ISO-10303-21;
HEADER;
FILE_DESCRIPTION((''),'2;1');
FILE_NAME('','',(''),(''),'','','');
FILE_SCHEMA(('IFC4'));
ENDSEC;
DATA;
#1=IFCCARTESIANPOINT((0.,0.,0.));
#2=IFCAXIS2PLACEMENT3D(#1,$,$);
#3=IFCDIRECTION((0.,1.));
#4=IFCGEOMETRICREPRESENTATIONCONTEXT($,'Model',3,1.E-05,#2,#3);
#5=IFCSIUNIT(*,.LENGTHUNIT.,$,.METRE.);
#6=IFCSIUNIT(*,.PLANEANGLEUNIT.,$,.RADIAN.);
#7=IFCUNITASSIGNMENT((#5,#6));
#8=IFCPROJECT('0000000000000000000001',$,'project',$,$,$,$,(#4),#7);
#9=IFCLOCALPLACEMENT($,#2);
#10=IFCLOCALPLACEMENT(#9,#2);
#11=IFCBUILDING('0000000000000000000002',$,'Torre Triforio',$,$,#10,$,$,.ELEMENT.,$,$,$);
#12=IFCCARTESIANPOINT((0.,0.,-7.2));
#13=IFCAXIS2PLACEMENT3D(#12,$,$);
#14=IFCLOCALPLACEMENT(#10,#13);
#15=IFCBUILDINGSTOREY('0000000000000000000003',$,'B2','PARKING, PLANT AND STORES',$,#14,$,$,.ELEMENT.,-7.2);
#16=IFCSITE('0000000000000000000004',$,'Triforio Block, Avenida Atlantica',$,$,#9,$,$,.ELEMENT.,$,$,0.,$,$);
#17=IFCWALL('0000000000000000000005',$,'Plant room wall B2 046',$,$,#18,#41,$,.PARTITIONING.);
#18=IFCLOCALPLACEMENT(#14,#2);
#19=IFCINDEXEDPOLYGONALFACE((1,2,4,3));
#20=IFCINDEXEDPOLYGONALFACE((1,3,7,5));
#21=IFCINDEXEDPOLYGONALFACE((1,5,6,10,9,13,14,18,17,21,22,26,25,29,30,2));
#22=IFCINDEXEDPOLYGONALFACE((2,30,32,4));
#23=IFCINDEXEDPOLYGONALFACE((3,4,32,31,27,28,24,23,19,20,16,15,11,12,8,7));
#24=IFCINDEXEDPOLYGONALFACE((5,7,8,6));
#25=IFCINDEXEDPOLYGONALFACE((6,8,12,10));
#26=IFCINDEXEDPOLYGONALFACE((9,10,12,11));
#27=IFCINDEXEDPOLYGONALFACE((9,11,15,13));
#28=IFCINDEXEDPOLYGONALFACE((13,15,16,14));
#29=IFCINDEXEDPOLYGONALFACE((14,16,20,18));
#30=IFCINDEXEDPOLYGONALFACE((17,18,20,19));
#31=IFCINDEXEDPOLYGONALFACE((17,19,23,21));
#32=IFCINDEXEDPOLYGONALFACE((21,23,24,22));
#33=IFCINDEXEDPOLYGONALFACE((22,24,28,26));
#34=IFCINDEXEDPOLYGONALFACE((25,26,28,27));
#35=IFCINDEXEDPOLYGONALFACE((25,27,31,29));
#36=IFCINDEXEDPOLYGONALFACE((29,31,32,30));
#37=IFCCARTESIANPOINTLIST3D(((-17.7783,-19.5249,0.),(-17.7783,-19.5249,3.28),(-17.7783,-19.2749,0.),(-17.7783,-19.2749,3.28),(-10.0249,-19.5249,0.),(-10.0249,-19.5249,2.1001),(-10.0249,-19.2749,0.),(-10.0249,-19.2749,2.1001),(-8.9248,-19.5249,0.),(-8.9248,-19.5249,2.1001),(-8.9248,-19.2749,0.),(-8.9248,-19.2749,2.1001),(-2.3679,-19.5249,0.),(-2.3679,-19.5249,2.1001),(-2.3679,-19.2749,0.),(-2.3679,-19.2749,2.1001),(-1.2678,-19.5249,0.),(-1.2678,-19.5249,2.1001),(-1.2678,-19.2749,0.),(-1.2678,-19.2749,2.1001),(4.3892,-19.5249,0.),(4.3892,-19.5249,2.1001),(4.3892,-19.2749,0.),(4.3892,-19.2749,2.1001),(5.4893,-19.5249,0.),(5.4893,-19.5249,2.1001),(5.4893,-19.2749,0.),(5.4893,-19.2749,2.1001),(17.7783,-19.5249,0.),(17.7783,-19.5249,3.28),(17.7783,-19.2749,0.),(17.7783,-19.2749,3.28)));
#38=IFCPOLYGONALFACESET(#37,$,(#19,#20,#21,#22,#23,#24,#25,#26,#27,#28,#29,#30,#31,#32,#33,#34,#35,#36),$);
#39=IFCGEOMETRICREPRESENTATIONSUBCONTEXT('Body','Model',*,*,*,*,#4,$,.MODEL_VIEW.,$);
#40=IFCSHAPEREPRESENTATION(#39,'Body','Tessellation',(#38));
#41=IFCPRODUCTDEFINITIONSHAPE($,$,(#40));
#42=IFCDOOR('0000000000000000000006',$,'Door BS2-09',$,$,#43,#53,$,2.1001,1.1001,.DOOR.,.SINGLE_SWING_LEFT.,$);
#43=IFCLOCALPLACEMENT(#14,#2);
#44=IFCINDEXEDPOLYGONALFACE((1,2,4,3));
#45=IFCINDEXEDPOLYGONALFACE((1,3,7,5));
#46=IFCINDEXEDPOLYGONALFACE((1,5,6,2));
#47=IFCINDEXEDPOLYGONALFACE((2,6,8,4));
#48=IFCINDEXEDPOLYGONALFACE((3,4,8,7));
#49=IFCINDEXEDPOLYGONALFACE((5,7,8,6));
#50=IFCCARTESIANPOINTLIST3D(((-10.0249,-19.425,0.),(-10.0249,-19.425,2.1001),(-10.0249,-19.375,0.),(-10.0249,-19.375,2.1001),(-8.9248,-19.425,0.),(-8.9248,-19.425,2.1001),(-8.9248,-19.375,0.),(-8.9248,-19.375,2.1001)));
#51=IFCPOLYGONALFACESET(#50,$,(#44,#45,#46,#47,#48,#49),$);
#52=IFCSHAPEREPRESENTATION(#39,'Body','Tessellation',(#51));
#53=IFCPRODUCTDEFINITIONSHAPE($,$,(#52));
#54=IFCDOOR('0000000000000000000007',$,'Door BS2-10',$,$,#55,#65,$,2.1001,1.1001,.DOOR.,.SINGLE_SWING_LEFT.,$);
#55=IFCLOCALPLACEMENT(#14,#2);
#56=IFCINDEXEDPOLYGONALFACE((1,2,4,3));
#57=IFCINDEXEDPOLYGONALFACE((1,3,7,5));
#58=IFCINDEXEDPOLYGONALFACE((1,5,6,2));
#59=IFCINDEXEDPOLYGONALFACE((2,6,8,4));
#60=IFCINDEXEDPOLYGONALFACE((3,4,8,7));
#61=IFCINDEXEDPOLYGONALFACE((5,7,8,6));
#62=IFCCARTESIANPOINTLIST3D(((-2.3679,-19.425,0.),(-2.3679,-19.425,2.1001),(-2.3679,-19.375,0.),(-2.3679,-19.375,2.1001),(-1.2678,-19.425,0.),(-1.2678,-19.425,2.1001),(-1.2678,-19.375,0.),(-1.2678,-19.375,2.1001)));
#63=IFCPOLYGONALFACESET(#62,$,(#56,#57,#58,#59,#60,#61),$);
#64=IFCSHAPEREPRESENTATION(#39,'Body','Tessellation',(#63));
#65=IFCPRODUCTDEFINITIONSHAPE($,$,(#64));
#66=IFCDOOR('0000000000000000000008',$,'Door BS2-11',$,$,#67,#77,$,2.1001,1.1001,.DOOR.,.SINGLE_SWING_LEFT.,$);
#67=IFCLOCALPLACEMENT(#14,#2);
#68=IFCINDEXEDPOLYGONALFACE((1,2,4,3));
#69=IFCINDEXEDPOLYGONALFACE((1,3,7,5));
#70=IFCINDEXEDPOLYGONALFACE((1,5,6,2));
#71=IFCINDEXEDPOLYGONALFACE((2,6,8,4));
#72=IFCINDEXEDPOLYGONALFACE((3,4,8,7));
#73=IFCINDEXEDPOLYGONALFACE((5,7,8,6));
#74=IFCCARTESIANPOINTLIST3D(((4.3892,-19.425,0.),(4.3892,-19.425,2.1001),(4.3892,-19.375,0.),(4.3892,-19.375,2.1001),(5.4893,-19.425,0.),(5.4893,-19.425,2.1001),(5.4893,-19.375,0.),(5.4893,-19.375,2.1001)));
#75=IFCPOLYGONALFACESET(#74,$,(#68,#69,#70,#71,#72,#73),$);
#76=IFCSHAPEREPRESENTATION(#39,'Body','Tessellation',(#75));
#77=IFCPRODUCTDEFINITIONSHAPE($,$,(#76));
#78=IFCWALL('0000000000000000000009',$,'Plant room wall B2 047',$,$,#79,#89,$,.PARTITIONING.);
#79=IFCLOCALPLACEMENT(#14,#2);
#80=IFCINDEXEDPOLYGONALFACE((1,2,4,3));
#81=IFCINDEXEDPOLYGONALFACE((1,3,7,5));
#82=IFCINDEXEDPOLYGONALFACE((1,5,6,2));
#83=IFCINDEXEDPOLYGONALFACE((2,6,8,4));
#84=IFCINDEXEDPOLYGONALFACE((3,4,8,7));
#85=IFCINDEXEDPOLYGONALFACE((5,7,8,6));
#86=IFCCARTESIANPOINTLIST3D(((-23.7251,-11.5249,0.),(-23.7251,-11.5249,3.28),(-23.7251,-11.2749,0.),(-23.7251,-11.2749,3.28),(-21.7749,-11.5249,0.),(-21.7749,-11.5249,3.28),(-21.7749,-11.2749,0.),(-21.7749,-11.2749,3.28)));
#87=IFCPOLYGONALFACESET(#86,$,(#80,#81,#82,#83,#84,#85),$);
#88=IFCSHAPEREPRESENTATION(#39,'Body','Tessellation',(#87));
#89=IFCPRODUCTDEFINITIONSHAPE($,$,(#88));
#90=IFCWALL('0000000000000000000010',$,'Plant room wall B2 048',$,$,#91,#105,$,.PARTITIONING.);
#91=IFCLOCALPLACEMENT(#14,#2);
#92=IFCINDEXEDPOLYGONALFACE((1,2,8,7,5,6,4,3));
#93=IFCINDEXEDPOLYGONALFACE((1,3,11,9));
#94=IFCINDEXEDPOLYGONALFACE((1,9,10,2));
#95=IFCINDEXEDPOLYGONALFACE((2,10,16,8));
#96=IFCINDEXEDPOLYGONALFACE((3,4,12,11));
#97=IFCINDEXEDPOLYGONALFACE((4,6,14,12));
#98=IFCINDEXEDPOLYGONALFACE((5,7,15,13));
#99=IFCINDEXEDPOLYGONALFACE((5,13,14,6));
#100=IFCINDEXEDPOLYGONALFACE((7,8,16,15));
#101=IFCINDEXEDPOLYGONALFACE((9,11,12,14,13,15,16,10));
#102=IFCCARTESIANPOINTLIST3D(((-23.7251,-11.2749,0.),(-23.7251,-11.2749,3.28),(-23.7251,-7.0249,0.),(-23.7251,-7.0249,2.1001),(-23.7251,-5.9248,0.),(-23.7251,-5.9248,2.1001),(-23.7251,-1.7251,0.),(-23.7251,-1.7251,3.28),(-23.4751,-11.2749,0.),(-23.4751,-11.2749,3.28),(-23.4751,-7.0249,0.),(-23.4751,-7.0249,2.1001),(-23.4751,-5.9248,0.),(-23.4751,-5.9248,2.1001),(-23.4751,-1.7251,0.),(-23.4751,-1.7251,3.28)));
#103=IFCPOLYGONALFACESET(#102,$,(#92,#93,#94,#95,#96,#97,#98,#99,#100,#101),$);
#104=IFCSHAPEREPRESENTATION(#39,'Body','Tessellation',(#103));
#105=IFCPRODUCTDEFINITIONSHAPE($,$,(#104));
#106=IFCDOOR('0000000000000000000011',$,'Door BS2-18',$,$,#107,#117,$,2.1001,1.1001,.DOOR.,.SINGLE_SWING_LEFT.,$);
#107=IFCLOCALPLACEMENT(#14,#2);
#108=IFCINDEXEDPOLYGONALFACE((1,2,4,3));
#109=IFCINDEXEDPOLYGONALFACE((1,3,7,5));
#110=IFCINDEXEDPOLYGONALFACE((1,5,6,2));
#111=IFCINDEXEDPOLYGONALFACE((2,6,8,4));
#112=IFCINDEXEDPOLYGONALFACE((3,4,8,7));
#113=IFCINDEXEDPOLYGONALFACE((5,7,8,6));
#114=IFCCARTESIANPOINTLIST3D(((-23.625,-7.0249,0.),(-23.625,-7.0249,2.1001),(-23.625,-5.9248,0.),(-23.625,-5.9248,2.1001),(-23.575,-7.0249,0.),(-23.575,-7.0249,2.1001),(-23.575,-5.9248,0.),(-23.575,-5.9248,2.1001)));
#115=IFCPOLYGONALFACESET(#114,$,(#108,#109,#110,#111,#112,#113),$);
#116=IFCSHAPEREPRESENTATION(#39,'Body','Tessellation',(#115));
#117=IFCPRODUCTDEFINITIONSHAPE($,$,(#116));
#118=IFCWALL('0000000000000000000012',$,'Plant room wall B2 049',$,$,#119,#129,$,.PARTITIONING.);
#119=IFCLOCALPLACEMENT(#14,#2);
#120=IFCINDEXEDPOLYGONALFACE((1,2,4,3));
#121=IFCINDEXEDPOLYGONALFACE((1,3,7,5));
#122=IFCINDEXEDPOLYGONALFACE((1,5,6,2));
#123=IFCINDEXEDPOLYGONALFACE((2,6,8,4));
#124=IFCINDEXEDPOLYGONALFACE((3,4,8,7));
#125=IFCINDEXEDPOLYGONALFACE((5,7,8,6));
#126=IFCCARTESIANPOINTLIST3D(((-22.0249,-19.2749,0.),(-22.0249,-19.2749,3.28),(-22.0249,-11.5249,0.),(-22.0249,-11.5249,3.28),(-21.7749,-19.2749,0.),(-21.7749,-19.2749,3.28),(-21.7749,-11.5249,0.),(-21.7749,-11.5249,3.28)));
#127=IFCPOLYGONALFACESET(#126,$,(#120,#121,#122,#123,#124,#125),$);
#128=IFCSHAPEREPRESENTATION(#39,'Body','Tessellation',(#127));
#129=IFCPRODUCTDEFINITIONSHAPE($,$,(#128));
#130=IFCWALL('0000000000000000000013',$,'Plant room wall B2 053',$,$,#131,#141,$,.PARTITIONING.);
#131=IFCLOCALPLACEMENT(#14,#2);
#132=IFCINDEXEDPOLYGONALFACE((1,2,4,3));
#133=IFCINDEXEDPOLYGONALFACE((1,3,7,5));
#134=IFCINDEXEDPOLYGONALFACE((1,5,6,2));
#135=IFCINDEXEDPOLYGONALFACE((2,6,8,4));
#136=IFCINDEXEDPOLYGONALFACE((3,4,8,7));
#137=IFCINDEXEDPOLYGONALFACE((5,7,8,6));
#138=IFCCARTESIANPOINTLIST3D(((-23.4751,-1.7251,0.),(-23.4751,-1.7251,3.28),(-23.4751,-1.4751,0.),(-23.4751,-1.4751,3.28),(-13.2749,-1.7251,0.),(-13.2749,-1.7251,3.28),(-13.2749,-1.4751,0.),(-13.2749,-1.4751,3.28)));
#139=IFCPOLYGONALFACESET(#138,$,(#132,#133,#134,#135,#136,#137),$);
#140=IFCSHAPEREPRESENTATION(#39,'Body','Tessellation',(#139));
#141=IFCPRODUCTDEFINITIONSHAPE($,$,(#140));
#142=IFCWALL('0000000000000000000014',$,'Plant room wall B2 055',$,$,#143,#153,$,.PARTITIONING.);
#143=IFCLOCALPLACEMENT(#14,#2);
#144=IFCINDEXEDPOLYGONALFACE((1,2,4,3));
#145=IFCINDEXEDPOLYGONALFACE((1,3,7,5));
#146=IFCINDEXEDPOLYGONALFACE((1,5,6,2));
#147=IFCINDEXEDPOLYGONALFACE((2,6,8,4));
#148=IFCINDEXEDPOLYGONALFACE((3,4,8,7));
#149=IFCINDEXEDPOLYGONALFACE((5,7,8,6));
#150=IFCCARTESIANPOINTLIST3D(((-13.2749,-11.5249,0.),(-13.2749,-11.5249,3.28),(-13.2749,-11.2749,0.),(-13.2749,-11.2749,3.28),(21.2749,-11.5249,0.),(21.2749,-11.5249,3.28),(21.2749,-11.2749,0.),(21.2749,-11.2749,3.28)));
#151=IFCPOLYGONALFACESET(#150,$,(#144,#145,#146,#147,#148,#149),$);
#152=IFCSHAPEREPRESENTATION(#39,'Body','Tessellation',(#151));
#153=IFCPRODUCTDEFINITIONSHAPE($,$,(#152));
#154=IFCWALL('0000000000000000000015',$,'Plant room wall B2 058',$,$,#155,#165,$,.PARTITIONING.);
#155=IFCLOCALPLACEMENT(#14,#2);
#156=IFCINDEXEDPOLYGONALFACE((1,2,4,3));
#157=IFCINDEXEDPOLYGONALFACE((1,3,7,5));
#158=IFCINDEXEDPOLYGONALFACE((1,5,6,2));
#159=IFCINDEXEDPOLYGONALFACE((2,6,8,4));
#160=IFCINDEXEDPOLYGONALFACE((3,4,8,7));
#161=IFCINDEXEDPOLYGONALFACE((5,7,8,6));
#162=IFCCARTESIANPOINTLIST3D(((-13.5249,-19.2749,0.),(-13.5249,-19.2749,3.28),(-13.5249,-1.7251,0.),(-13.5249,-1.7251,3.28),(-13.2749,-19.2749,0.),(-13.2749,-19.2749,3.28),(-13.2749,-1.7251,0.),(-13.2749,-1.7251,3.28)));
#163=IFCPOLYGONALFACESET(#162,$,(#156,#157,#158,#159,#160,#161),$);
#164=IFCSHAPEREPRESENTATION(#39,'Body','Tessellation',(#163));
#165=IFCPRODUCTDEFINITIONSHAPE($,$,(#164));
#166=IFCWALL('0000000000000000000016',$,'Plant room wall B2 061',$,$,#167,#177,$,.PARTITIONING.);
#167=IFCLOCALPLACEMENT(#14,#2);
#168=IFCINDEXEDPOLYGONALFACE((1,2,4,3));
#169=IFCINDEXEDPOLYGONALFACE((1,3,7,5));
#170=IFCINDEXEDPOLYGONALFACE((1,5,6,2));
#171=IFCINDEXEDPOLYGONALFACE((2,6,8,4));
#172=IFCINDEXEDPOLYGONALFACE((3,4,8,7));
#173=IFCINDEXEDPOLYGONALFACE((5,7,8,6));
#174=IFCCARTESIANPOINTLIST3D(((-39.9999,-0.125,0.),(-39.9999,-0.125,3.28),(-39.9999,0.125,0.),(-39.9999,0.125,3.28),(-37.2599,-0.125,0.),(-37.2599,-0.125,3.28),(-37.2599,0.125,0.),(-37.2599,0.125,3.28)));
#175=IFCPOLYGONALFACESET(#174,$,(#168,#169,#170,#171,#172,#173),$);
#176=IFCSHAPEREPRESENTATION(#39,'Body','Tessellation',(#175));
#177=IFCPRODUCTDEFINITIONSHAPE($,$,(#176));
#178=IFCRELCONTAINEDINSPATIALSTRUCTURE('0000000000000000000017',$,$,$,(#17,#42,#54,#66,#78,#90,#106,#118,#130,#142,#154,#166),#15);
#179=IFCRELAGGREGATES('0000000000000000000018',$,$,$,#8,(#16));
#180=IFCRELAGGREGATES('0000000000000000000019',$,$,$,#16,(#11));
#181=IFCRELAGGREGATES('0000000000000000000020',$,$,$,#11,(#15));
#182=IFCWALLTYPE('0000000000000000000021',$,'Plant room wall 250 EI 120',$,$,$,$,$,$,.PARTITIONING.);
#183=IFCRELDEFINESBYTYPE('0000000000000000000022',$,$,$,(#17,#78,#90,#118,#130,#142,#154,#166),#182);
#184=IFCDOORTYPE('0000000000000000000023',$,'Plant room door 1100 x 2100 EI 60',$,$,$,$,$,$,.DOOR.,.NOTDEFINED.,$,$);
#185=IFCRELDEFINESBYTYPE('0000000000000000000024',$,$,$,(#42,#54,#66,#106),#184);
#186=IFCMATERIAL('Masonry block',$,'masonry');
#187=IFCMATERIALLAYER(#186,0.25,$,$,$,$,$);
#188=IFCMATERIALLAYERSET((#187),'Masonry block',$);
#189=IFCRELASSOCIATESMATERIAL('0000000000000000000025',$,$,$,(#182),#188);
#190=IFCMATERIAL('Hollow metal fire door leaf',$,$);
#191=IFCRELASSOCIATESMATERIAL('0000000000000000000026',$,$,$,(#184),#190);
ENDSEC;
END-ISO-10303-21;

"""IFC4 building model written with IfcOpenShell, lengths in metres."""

from ifc_helpers import new_model, si_unit, direction, frame, frame_2d, origin, place, context, subcontext, project, spatial, rectangle, extrude, material, layer, layer_set, type_object, element, fill, save


model = new_model("IFC4")

# Units and contexts
model_context = context("Model", 3, precision=1e-05, world=origin(), true_north=direction((0.0, 1.0)))
body_context = subcontext(model_context, "Body", "Model", "MODEL_VIEW")
ifc_project = project(units=[si_unit("LENGTHUNIT", "METRE"), si_unit("PLANEANGLEUNIT", "RADIAN")], contexts=[model_context])

# Site, building, storey
site_placement = place(None, origin())
site = spatial("IfcSite", under=ifc_project, at=site_placement, Name="Triforio Block, Avenida Atlantica", CompositionType="ELEMENT", RefElevation=0.0)
building_placement = place(site_placement, origin())
building = spatial("IfcBuilding", under=site, at=building_placement, Name="Torre Triforio", CompositionType="ELEMENT")
storey_placement = place(building_placement, frame((0.0, 0.0, -7.2)))
storey = spatial("IfcBuildingStorey", under=building, at=storey_placement, Name="B2", Description="PARKING, PLANT AND STORES", CompositionType="ELEMENT", Elevation=-7.2)

# Wall, openings, doors
ifc_material_1 = material(Name="Masonry block", Category="masonry")
ifc_layer_1 = layer(ifc_material_1, 0.25)
ifc_layer_set_1 = layer_set([ifc_layer_1], Name="Masonry block")
wall_type_1 = type_object("IfcWallType", Name="Plant room wall 250 EI 120", PredefinedType="PARTITIONING", material=ifc_layer_set_1)
wall_1_placement = place(storey_placement, frame((-17.7783, -19.3999, 0.0), z_axis=(0.0, 0.0, 1.0), x_axis=(1.0, 0.0, 0.0)))
wall_1 = element("IfcWall", 1, at=wall_1_placement, inside=storey, type_object=wall_type_1, Name="Plant room wall B2 046", PredefinedType="PARTITIONING", context=body_context, shape_type="SweptSolid", body=[
    extrude(rectangle(XDim=35.5566, YDim=0.25, at=frame_2d((17.7783, 0.0))), origin(), (0.0, 0.0, 1.0), 3.28),
])
opening_1_placement = place(wall_1_placement, frame((7.7534, 0.0, 0.0)))
opening_1 = element("IfcOpeningElement", 2, at=opening_1_placement, cuts=wall_1, PredefinedType="OPENING", context=body_context, shape_type="SweptSolid", body=[
    extrude(rectangle(XDim=1.1001, YDim=2.1001, at=frame_2d((0.55, 1.05))), frame((0.0, 0.135, 0.0), z_axis=(0.0, -1.0, 0.0), x_axis=(1.0, 0.0, 0.0)), (0.0, 0.0, 1.0), 0.27),
])
opening_2_placement = place(wall_1_placement, frame((15.4104, 0.0, 0.0)))
opening_2 = element("IfcOpeningElement", 3, at=opening_2_placement, cuts=wall_1, PredefinedType="OPENING", context=body_context, shape_type="SweptSolid", body=[
    extrude(rectangle(XDim=1.1001, YDim=2.1001, at=frame_2d((0.55, 1.05))), frame((0.0, 0.135, 0.0), z_axis=(0.0, -1.0, 0.0), x_axis=(1.0, 0.0, 0.0)), (0.0, 0.0, 1.0), 0.27),
])
opening_3_placement = place(wall_1_placement, frame((22.1675, 0.0, 0.0)))
opening_3 = element("IfcOpeningElement", 4, at=opening_3_placement, cuts=wall_1, PredefinedType="OPENING", context=body_context, shape_type="SweptSolid", body=[
    extrude(rectangle(XDim=1.1001, YDim=2.1001, at=frame_2d((0.55, 1.05))), frame((0.0, 0.135, 0.0), z_axis=(0.0, -1.0, 0.0), x_axis=(1.0, 0.0, 0.0)), (0.0, 0.0, 1.0), 0.27),
])
ifc_material_2 = material(Name="Hollow metal fire door leaf")
door_type_1 = type_object("IfcDoorType", Name="Plant room door 1100 x 2100 EI 60", OperationType="NOTDEFINED", PredefinedType="DOOR", material=ifc_material_2)
door_1_placement = place(opening_1_placement, origin())
door_1 = element("IfcDoor", 5, at=door_1_placement, inside=storey, type_object=door_type_1, Name="Door BS2-09", OperationType="SINGLE_SWING_LEFT", OverallHeight=2.1001, OverallWidth=1.1001, PredefinedType="DOOR", context=body_context, shape_type="SweptSolid", body=[
    extrude(rectangle(XDim=1.1001, YDim=2.1001, at=frame_2d((0.55, 1.05))), frame((0.0, 0.0249, 0.0), z_axis=(0.0, -1.0, 0.0), x_axis=(1.0, 0.0, 0.0)), (0.0, 0.0, 1.0), 0.05),
])
fill(opening_1, door_1)
door_2_placement = place(opening_2_placement, origin())
door_2 = element("IfcDoor", 6, at=door_2_placement, inside=storey, type_object=door_type_1, Name="Door BS2-10", OperationType="SINGLE_SWING_LEFT", OverallHeight=2.1001, OverallWidth=1.1001, PredefinedType="DOOR", context=body_context, shape_type="SweptSolid", body=[
    extrude(rectangle(XDim=1.1001, YDim=2.1001, at=frame_2d((0.55, 1.05))), frame((0.0, 0.0249, 0.0), z_axis=(0.0, -1.0, 0.0), x_axis=(1.0, 0.0, 0.0)), (0.0, 0.0, 1.0), 0.05),
])
fill(opening_2, door_2)
door_3_placement = place(opening_3_placement, origin())
door_3 = element("IfcDoor", 7, at=door_3_placement, inside=storey, type_object=door_type_1, Name="Door BS2-11", OperationType="SINGLE_SWING_LEFT", OverallHeight=2.1001, OverallWidth=1.1001, PredefinedType="DOOR", context=body_context, shape_type="SweptSolid", body=[
    extrude(rectangle(XDim=1.1001, YDim=2.1001, at=frame_2d((0.55, 1.05))), frame((0.0, 0.0249, 0.0), z_axis=(0.0, -1.0, 0.0), x_axis=(1.0, 0.0, 0.0)), (0.0, 0.0, 1.0), 0.05),
])
fill(opening_3, door_3)

# Wall
wall_2_placement = place(storey_placement, frame((-23.7251, -11.3999, 0.0), z_axis=(0.0, 0.0, 1.0), x_axis=(1.0, 0.0, 0.0)))
element("IfcWall", 8, at=wall_2_placement, inside=storey, type_object=wall_type_1, Name="Plant room wall B2 047", PredefinedType="PARTITIONING", context=body_context, shape_type="SweptSolid", body=[
    extrude(rectangle(XDim=1.9502, YDim=0.25, at=frame_2d((0.9751, 0.0))), origin(), (0.0, 0.0, 1.0), 3.28),
])

# Wall, opening, door
wall_3_placement = place(storey_placement, frame((-23.6001, -11.2749, 0.0), z_axis=(0.0, 0.0, 1.0), x_axis=(0.0, 1.0, 0.0)))
wall_3 = element("IfcWall", 9, at=wall_3_placement, inside=storey, type_object=wall_type_1, Name="Plant room wall B2 048", PredefinedType="PARTITIONING", context=body_context, shape_type="SweptSolid", body=[
    extrude(rectangle(XDim=9.5498, YDim=0.25, at=frame_2d((4.7749, 0.0))), origin(), (0.0, 0.0, 1.0), 3.28),
])
opening_4_placement = place(wall_3_placement, frame((4.25, 0.0, 0.0)))
opening_4 = element("IfcOpeningElement", 10, at=opening_4_placement, cuts=wall_3, PredefinedType="OPENING", context=body_context, shape_type="SweptSolid", body=[
    extrude(rectangle(XDim=1.1001, YDim=2.1001, at=frame_2d((0.55, 1.05))), frame((0.0, 0.135, 0.0), z_axis=(0.0, -1.0, 0.0), x_axis=(1.0, 0.0, 0.0)), (0.0, 0.0, 1.0), 0.27),
])
door_4_placement = place(opening_4_placement, origin())
door_4 = element("IfcDoor", 11, at=door_4_placement, inside=storey, type_object=door_type_1, Name="Door BS2-18", OperationType="SINGLE_SWING_LEFT", OverallHeight=2.1001, OverallWidth=1.1001, PredefinedType="DOOR", context=body_context, shape_type="SweptSolid", body=[
    extrude(rectangle(XDim=1.1001, YDim=2.1001, at=frame_2d((0.55, 1.05))), frame((0.0, 0.0249, 0.0), z_axis=(0.0, -1.0, 0.0), x_axis=(1.0, 0.0, 0.0)), (0.0, 0.0, 1.0), 0.05),
])
fill(opening_4, door_4)

# Walls
wall_4_placement = place(storey_placement, frame((-21.8999, -19.2749, 0.0), z_axis=(0.0, 0.0, 1.0), x_axis=(0.0, 1.0, 0.0)))
element("IfcWall", 12, at=wall_4_placement, inside=storey, type_object=wall_type_1, Name="Plant room wall B2 049", PredefinedType="PARTITIONING", context=body_context, shape_type="SweptSolid", body=[
    extrude(rectangle(XDim=7.75, YDim=0.25, at=frame_2d((3.875, 0.0))), origin(), (0.0, 0.0, 1.0), 3.28),
])
wall_5_placement = place(storey_placement, frame((-23.4751, -1.6001, 0.0), z_axis=(0.0, 0.0, 1.0), x_axis=(1.0, 0.0, 0.0)))
element("IfcWall", 13, at=wall_5_placement, inside=storey, type_object=wall_type_1, Name="Plant room wall B2 053", PredefinedType="PARTITIONING", context=body_context, shape_type="SweptSolid", body=[
    extrude(rectangle(XDim=10.2002, YDim=0.25, at=frame_2d((5.1001, 0.0))), origin(), (0.0, 0.0, 1.0), 3.28),
])
wall_6_placement = place(storey_placement, frame((-13.2749, -11.3999, 0.0), z_axis=(0.0, 0.0, 1.0), x_axis=(1.0, 0.0, 0.0)))
element("IfcWall", 14, at=wall_6_placement, inside=storey, type_object=wall_type_1, Name="Plant room wall B2 055", PredefinedType="PARTITIONING", context=body_context, shape_type="SweptSolid", body=[
    extrude(rectangle(XDim=34.5498, YDim=0.25, at=frame_2d((17.2749, 0.0))), origin(), (0.0, 0.0, 1.0), 3.28),
])
wall_7_placement = place(storey_placement, frame((-13.3999, -19.2749, 0.0), z_axis=(0.0, 0.0, 1.0), x_axis=(0.0, 1.0, 0.0)))
element("IfcWall", 15, at=wall_7_placement, inside=storey, type_object=wall_type_1, Name="Plant room wall B2 058", PredefinedType="PARTITIONING", context=body_context, shape_type="SweptSolid", body=[
    extrude(rectangle(XDim=17.5498, YDim=0.25, at=frame_2d((8.7749, 0.0))), origin(), (0.0, 0.0, 1.0), 3.28),
])
wall_8_placement = place(storey_placement, frame((-40.0, 0.0, 0.0), z_axis=(0.0, 0.0, 1.0), x_axis=(1.0, 0.0, 0.0)))
element("IfcWall", 16, at=wall_8_placement, inside=storey, type_object=wall_type_1, Name="Plant room wall B2 061", PredefinedType="PARTITIONING", context=body_context, shape_type="SweptSolid", body=[
    extrude(rectangle(XDim=2.74, YDim=0.25, at=frame_2d((1.3701, 0.0))), origin(), (0.0, 0.0, 1.0), 3.28),
])

save(model, "model.ifc")
